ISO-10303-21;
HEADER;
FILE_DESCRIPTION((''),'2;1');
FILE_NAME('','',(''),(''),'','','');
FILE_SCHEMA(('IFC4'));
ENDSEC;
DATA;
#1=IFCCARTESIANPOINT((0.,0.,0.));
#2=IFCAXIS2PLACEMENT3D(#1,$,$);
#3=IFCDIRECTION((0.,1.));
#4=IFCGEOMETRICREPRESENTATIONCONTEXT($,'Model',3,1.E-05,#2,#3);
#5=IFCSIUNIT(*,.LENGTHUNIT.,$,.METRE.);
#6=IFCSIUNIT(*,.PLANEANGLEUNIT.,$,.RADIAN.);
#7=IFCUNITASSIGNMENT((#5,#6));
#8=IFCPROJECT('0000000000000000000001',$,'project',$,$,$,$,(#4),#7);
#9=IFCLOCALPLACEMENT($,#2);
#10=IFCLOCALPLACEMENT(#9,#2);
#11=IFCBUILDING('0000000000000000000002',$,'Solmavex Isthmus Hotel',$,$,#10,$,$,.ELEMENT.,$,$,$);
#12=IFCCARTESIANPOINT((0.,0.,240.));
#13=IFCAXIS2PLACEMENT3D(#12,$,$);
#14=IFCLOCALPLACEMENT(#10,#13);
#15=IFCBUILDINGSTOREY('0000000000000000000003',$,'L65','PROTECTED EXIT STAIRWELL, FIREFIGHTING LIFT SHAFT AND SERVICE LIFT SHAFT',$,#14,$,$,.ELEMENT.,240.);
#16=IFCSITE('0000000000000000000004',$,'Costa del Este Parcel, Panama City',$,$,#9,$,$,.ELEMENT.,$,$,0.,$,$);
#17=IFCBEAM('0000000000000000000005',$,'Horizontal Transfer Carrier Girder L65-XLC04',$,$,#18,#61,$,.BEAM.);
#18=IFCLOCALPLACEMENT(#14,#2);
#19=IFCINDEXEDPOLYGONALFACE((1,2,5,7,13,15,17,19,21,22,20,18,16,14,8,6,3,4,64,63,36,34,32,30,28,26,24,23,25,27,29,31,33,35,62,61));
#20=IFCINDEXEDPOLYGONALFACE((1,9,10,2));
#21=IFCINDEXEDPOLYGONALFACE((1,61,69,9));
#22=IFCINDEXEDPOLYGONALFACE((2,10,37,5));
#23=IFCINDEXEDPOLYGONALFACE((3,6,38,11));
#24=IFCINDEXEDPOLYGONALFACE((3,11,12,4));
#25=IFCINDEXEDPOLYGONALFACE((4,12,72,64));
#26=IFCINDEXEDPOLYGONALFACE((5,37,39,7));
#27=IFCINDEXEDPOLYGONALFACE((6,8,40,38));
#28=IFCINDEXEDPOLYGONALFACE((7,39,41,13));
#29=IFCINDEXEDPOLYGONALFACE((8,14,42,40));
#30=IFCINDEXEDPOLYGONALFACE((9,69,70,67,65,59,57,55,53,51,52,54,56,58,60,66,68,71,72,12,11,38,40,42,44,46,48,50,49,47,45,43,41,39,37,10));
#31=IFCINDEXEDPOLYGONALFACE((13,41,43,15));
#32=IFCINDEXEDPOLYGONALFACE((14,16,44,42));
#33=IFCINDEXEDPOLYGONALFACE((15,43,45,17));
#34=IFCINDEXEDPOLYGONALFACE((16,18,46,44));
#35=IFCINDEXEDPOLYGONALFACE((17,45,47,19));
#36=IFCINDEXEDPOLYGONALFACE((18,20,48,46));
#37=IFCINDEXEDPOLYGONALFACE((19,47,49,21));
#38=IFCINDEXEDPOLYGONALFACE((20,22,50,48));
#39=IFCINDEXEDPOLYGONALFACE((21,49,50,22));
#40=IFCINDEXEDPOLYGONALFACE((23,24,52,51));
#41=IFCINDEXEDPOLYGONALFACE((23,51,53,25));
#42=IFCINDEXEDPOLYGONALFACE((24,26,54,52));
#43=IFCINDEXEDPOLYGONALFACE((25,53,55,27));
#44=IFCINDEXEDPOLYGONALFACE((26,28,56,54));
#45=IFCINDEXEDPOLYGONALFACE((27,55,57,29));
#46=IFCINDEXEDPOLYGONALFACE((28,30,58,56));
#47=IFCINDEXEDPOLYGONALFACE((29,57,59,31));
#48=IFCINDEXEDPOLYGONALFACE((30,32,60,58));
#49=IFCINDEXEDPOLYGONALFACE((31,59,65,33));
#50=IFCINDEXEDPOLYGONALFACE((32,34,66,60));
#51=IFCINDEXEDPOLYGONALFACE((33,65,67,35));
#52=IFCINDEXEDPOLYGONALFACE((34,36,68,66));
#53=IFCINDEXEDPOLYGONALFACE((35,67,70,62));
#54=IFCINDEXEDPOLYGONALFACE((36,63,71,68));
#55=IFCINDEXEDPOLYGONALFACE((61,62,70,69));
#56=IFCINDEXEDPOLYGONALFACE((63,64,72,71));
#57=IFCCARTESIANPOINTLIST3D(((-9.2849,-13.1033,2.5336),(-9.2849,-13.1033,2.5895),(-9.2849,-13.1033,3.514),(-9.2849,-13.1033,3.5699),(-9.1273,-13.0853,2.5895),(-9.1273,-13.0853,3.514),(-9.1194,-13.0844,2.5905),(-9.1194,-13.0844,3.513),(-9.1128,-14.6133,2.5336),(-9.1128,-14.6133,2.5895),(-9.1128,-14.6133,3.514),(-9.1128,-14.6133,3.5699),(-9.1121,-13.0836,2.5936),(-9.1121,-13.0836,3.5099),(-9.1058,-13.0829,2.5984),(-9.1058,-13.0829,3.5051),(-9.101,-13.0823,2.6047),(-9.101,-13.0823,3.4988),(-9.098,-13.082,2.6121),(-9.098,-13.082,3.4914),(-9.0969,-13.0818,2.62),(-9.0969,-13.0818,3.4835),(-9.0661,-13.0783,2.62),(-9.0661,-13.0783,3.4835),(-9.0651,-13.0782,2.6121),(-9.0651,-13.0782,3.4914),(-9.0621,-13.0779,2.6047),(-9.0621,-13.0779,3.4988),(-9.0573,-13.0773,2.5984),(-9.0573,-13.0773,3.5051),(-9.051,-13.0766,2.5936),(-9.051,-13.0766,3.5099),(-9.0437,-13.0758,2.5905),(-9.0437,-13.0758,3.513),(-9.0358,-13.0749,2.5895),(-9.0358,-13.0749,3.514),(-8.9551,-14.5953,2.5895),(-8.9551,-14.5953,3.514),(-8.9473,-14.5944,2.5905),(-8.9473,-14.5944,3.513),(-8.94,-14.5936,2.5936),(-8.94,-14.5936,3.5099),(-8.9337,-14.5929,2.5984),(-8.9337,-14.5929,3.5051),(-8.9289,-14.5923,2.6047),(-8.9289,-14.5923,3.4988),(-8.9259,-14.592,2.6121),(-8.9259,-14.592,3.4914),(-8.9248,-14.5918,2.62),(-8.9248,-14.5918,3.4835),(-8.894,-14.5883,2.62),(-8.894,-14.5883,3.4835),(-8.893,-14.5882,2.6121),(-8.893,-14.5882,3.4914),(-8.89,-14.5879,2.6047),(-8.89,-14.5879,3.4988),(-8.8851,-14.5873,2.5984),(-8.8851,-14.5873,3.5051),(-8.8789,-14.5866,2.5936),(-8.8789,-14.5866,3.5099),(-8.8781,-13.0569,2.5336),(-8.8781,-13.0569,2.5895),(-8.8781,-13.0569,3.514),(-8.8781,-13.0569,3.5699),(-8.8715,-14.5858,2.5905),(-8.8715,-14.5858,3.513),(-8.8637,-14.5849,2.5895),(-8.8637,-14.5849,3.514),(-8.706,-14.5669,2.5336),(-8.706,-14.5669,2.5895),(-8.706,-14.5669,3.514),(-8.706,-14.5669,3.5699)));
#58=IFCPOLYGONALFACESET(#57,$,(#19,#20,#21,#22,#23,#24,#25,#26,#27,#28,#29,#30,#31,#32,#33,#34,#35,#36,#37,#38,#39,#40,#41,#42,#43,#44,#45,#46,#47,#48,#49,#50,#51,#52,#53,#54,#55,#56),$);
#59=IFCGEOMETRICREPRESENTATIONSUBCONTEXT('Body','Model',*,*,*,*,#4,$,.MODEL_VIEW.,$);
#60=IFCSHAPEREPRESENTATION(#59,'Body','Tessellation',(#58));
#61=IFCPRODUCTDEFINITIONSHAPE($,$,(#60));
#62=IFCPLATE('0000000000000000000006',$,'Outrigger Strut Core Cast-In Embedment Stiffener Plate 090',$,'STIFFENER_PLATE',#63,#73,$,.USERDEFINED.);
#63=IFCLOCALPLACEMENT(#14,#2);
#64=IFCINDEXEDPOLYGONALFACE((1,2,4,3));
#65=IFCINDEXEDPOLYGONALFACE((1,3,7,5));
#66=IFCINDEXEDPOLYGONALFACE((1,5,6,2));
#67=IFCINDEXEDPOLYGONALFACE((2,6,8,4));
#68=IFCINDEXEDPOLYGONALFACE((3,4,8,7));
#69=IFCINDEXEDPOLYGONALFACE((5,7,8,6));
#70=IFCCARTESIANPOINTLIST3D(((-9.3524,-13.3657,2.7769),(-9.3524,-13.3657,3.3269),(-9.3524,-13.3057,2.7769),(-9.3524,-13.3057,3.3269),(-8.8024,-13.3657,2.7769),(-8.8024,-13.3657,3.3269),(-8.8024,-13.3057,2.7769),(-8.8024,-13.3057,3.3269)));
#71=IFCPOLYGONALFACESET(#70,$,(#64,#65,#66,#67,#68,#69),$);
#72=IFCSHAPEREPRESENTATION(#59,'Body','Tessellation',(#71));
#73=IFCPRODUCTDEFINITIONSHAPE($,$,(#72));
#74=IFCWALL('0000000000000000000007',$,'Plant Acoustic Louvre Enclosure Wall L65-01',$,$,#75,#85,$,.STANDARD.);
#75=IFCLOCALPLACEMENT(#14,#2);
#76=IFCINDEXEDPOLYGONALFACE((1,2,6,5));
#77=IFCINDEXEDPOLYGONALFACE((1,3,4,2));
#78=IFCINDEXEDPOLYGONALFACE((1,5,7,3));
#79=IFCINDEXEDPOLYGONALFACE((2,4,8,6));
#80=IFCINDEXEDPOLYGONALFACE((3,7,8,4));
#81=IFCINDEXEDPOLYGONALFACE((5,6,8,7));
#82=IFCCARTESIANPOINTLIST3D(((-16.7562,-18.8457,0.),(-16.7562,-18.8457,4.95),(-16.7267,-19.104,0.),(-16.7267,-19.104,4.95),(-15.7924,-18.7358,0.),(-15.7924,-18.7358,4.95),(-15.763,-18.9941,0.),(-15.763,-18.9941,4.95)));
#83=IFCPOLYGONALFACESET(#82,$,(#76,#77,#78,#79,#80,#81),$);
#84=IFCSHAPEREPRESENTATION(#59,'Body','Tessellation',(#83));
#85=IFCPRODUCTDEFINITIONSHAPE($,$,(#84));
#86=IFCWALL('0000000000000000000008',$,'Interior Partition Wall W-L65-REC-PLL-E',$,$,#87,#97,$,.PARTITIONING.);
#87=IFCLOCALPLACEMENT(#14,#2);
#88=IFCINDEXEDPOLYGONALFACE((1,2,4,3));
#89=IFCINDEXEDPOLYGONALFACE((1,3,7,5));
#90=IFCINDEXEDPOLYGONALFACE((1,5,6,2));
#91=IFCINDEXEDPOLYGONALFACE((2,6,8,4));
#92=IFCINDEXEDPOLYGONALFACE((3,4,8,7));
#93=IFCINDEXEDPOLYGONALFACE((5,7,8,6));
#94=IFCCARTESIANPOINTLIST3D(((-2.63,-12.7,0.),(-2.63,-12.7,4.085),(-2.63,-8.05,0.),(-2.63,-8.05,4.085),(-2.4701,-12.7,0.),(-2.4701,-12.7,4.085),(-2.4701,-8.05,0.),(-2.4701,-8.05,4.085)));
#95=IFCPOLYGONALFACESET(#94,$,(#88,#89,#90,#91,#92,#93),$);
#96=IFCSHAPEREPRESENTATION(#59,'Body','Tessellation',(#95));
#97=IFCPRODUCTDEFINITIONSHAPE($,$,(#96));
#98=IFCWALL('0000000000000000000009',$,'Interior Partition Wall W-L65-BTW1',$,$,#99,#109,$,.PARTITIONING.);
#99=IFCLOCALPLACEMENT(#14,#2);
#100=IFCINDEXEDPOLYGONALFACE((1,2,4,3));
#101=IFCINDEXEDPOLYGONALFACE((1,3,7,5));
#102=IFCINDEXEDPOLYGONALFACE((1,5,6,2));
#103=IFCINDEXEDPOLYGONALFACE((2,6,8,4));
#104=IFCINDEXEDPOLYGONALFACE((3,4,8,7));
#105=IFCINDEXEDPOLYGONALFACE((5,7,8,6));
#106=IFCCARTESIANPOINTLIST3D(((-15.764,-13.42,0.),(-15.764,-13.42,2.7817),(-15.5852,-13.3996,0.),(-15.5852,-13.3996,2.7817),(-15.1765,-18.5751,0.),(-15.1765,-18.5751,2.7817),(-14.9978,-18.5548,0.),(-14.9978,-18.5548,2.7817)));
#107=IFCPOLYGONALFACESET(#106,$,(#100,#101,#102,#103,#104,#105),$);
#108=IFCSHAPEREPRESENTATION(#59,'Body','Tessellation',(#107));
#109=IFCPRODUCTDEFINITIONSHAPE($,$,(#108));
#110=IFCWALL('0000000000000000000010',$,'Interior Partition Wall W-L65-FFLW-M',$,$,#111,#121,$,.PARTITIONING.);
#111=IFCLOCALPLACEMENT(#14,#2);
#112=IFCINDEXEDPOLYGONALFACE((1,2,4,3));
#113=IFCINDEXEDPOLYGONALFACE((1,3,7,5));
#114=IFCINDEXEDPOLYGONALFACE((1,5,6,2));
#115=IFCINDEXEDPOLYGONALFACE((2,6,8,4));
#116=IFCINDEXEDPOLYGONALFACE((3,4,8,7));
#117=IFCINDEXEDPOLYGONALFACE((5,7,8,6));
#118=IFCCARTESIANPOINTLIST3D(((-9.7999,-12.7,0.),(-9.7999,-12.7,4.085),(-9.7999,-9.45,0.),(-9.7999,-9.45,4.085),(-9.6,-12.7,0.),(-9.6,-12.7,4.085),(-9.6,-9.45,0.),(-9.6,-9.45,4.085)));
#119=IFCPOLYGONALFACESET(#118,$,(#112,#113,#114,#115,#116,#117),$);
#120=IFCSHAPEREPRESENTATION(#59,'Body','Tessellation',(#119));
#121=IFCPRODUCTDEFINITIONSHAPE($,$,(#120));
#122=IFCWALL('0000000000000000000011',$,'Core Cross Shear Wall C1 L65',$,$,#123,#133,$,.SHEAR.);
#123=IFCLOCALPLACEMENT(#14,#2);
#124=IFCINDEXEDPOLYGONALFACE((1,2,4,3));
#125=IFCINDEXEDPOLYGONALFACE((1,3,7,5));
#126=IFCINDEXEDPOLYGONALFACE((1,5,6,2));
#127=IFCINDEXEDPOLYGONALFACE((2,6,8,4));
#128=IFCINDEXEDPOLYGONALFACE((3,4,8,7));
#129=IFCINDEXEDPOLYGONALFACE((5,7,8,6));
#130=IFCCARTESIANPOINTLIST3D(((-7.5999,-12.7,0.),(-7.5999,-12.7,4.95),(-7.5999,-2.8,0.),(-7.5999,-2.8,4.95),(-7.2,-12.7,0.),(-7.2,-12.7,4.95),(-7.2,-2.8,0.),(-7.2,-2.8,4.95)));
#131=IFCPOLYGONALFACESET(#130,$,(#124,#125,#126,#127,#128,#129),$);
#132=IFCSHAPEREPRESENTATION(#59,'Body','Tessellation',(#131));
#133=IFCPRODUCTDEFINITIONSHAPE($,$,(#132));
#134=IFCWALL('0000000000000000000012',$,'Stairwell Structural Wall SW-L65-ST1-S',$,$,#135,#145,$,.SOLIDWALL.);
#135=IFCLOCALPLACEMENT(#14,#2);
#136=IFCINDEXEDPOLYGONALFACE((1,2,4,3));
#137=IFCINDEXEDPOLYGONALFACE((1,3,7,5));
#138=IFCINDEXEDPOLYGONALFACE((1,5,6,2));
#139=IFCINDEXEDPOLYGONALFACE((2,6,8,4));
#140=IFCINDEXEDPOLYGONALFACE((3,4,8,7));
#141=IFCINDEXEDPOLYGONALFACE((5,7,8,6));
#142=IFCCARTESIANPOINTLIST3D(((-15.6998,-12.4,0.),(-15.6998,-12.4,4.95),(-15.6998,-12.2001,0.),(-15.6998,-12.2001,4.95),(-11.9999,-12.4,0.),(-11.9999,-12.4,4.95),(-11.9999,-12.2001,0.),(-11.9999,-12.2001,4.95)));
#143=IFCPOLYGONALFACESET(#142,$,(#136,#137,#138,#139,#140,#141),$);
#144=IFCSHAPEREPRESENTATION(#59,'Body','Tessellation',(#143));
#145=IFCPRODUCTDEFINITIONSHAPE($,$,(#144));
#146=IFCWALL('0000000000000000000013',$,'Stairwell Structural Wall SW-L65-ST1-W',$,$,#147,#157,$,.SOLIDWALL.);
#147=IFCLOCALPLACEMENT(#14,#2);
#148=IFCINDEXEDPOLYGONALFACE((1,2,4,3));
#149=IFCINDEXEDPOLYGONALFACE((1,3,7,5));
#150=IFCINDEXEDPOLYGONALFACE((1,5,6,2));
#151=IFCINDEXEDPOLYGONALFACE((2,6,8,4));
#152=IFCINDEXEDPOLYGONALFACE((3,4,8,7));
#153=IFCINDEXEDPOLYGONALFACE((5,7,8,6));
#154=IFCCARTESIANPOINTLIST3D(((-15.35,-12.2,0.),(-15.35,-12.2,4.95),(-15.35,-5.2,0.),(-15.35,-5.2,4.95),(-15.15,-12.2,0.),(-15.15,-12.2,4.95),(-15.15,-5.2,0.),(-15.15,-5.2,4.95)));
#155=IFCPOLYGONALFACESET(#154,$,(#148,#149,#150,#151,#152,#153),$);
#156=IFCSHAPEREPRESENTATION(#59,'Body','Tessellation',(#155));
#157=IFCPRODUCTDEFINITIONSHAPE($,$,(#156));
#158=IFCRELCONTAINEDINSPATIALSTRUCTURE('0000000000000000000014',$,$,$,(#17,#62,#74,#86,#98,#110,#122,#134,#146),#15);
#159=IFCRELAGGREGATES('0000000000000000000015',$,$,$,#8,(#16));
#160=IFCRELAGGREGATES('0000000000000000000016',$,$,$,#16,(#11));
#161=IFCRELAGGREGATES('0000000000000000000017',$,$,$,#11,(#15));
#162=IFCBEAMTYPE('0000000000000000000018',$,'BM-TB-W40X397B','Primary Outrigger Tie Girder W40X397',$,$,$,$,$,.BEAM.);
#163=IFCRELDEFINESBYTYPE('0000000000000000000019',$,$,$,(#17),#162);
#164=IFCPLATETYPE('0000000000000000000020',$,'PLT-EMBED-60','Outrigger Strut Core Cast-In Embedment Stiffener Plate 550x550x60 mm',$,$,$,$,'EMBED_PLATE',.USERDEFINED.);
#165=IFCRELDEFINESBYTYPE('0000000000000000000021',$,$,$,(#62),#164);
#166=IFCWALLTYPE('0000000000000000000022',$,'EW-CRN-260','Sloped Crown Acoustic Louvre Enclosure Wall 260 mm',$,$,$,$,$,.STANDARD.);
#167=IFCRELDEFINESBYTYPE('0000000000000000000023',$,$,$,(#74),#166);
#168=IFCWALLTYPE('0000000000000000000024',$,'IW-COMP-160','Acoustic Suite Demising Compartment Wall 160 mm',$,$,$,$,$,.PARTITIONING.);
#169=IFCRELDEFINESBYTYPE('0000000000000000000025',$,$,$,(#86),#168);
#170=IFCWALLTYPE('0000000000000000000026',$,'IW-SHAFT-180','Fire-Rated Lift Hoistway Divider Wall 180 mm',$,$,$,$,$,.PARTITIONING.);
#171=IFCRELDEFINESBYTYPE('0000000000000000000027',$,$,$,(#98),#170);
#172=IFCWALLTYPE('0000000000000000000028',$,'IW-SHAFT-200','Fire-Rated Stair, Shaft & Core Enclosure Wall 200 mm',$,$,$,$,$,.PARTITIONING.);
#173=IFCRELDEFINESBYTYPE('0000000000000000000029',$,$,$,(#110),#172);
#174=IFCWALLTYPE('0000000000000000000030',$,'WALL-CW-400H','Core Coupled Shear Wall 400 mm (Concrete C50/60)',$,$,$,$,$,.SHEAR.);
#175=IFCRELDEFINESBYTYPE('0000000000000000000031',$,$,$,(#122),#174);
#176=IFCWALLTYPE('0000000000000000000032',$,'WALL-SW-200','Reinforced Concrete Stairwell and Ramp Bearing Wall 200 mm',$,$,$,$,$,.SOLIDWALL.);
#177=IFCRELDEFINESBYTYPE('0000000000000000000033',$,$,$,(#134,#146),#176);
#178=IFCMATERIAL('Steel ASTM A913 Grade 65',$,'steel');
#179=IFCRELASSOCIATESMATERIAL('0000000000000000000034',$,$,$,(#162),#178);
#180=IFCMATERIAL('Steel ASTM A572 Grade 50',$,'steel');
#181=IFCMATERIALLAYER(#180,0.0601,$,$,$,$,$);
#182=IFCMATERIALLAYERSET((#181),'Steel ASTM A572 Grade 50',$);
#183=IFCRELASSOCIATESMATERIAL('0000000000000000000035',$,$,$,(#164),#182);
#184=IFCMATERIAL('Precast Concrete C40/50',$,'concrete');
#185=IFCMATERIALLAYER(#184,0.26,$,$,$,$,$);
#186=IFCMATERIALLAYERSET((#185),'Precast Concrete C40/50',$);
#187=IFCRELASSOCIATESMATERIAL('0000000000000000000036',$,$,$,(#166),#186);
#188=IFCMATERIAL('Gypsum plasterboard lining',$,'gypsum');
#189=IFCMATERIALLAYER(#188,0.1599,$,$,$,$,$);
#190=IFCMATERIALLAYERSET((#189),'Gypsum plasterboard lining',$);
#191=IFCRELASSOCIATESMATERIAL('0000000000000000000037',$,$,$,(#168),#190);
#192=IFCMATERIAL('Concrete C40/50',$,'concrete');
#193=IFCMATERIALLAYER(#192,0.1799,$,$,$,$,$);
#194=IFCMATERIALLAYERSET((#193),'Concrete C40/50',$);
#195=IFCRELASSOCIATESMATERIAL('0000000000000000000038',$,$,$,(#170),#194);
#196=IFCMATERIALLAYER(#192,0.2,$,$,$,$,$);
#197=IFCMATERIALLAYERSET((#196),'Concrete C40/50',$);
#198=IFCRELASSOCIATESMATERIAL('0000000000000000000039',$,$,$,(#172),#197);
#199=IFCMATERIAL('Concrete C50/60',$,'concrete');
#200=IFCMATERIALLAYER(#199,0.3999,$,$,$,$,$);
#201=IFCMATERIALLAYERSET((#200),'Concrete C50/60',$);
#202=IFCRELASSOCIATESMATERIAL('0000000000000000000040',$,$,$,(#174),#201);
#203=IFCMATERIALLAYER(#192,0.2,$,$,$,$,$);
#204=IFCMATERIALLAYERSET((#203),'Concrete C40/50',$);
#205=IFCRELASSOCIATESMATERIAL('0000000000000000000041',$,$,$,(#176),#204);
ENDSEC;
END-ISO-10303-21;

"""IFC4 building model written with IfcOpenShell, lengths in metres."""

from ifc_helpers import new_model, si_unit, direction, frame, frame_2d, origin, origin_2d, place, context, subcontext, project, spatial, rectangle, i_section, extrude, material, layer, layer_set, material_profile, profile_set, type_object, element, save


model = new_model("IFC4")

# Units and contexts
model_context = context("Model", 3, precision=1e-05, world=origin(), true_north=direction((0.0, 1.0)))
body_context = subcontext(model_context, "Body", "Model", "MODEL_VIEW")
ifc_project = project(units=[si_unit("LENGTHUNIT", "METRE"), si_unit("PLANEANGLEUNIT", "RADIAN")], contexts=[model_context])

# Site, building, storey
site_placement = place(None, origin())
site = spatial("IfcSite", under=ifc_project, at=site_placement, Name="Costa del Este Parcel, Panama City", CompositionType="ELEMENT", RefElevation=0.0)
building_placement = place(site_placement, origin())
building = spatial("IfcBuilding", under=site, at=building_placement, Name="Solmavex Isthmus Hotel", CompositionType="ELEMENT")
storey_placement = place(building_placement, frame((0.0, 0.0, 240.0)))
storey = spatial("IfcBuildingStorey", under=building, at=storey_placement, Name="L65", Description="PROTECTED EXIT STAIRWELL, FIREFIGHTING LIFT SHAFT AND SERVICE LIFT SHAFT", CompositionType="ELEMENT", Elevation=240.0)

# Shared definitions
ifc_material_1 = material(Name="Concrete C50/60", Category="concrete")
ifc_material_2 = material(Name="Steel ASTM A913 Grade 65", Category="steel")

# Beam
ifc_material_profile_1 = material_profile(ifc_material_2, i_section(OverallWidth=0.4094, OverallDepth=1.0364, WebThickness=0.031, FlangeThickness=0.0559, FilletRadius=0.0305, at=origin_2d()), Name="W40X397")
ifc_profile_set_1 = profile_set([ifc_material_profile_1], Name="Steel ASTM A913 Grade 65")
beam_type_1 = type_object("IfcBeamType", Name="BM-TB-W40X397B", Description="Primary Outrigger Tie Girder W40X397", PredefinedType="BEAM", material=ifc_profile_set_1)
beam_1_placement = place(storey_placement, frame((-8.9094, -14.5901, 3.0518), z_axis=(-0.113252, 0.993566, 0.0), x_axis=(-0.993566, -0.113252, 0.0)))
element("IfcBeam", 1, at=beam_1_placement, inside=storey, type_object=beam_type_1, Name="Horizontal Transfer Carrier Girder L65-XLC04", PredefinedType="BEAM", context=body_context, shape_type="SweptSolid", body=[
    extrude(i_section(OverallWidth=0.4094, OverallDepth=1.0364, WebThickness=0.031, FlangeThickness=0.0559, FilletRadius=0.0305, at=origin_2d()), origin(), (0.0, 0.0, 1.0), 1.5198),
])

# Plate
ifc_material_3 = material(Name="Steel ASTM A572 Grade 50", Category="steel")
ifc_layer_1 = layer(ifc_material_3, 0.0601)
ifc_layer_set_1 = layer_set([ifc_layer_1], Name="Steel ASTM A572 Grade 50")
plate_type = type_object("IfcPlateType", Name="PLT-EMBED-60", Description="Outrigger Strut Core Cast-In Embedment Stiffener Plate 550x550x60 mm", ElementType="EMBED_PLATE", PredefinedType="USERDEFINED", material=ifc_layer_set_1)
plate_placement = place(storey_placement, frame((-9.0774, -13.3357, 2.7769), z_axis=(0.0, 0.0, 1.0), x_axis=(1.0, 0.0, 0.0)))
element("IfcPlate", 2, at=plate_placement, inside=storey, type_object=plate_type, Name="Outrigger Strut Core Cast-In Embedment Stiffener Plate 090", ObjectType="STIFFENER_PLATE", PredefinedType="USERDEFINED", context=body_context, shape_type="SweptSolid", body=[
    extrude(rectangle(XDim=0.55, YDim=0.0601, at=origin_2d()), origin(), (0.0, 0.0, 1.0), 0.55),
])

# Walls
ifc_material_4 = material(Name="Precast Concrete C40/50", Category="concrete")
ifc_layer_2 = layer(ifc_material_4, 0.26)
ifc_layer_set_2 = layer_set([ifc_layer_2], Name="Precast Concrete C40/50")
wall_type_1 = type_object("IfcWallType", Name="EW-CRN-260", Description="Sloped Crown Acoustic Louvre Enclosure Wall 260 mm", PredefinedType="STANDARD", material=ifc_layer_set_2)
wall_1_placement = place(storey_placement, frame((-15.7778, -18.865, 0.0), z_axis=(0.0, 0.0, 1.0), x_axis=(-0.993563, -0.113277, 0.0)))
element("IfcWall", 3, at=wall_1_placement, inside=storey, type_object=wall_type_1, Name="Plant Acoustic Louvre Enclosure Wall L65-01", PredefinedType="STANDARD", context=body_context, shape_type="SweptSolid", body=[
    extrude(rectangle(XDim=0.97, YDim=0.26, at=frame_2d((0.4849, 0.0))), origin(), (0.0, 0.0, 1.0), 4.95),
])
ifc_material_5 = material(Name="Gypsum plasterboard lining", Category="gypsum")
ifc_layer_3 = layer(ifc_material_5, 0.1599)
ifc_layer_set_3 = layer_set([ifc_layer_3], Name="Gypsum plasterboard lining")
wall_type_2 = type_object("IfcWallType", Name="IW-COMP-160", Description="Acoustic Suite Demising Compartment Wall 160 mm", PredefinedType="PARTITIONING", material=ifc_layer_set_3)
wall_2_placement = place(storey_placement, frame((-2.55, -12.7, 0.0), z_axis=(0.0, 0.0, 1.0), x_axis=(0.0, 1.0, 0.0)))
element("IfcWall", 4, at=wall_2_placement, inside=storey, type_object=wall_type_2, Name="Interior Partition Wall W-L65-REC-PLL-E", PredefinedType="PARTITIONING", context=body_context, shape_type="SweptSolid", body=[
    extrude(rectangle(XDim=4.6499, YDim=0.1599, at=frame_2d((2.325, 0.0))), origin(), (0.0, 0.0, 1.0), 4.085),
])
ifc_material_6 = material(Name="Concrete C40/50", Category="concrete")
ifc_layer_4 = layer(ifc_material_6, 0.1799)
ifc_layer_set_4 = layer_set([ifc_layer_4], Name="Concrete C40/50")
wall_type_3 = type_object("IfcWallType", Name="IW-SHAFT-180", Description="Fire-Rated Lift Hoistway Divider Wall 180 mm", PredefinedType="PARTITIONING", material=ifc_layer_set_4)
wall_3_placement = place(storey_placement, frame((-15.0872, -18.5649, 0.0), z_axis=(0.0, 0.0, 1.0), x_axis=(-0.113215, 0.993571, 0.0)))
element("IfcWall", 5, at=wall_3_placement, inside=storey, type_object=wall_type_3, Name="Interior Partition Wall W-L65-BTW1", PredefinedType="PARTITIONING", context=body_context, shape_type="SweptSolid", body=[
    extrude(rectangle(XDim=5.1885, YDim=0.1799, at=frame_2d((2.5942, 0.0))), origin(), (0.0, 0.0, 1.0), 2.7817),
])
ifc_layer_5 = layer(ifc_material_6, 0.2)
ifc_layer_set_5 = layer_set([ifc_layer_5], Name="Concrete C40/50")
wall_type_4 = type_object("IfcWallType", Name="IW-SHAFT-200", Description="Fire-Rated Stair, Shaft & Core Enclosure Wall 200 mm", PredefinedType="PARTITIONING", material=ifc_layer_set_5)
wall_4_placement = place(storey_placement, frame((-9.7, -12.7, 0.0), z_axis=(0.0, 0.0, 1.0), x_axis=(0.0, 1.0, 0.0)))
element("IfcWall", 6, at=wall_4_placement, inside=storey, type_object=wall_type_4, Name="Interior Partition Wall W-L65-FFLW-M", PredefinedType="PARTITIONING", context=body_context, shape_type="SweptSolid", body=[
    extrude(rectangle(XDim=3.25, YDim=0.2, at=frame_2d((1.625, 0.0))), origin(), (0.0, 0.0, 1.0), 4.085),
])
ifc_layer_6 = layer(ifc_material_1, 0.3999)
ifc_layer_set_6 = layer_set([ifc_layer_6], Name="Concrete C50/60")
wall_type_5 = type_object("IfcWallType", Name="WALL-CW-400H", Description="Core Coupled Shear Wall 400 mm (Concrete C50/60)", PredefinedType="SHEAR", material=ifc_layer_set_6)
wall_5_placement = place(storey_placement, frame((-7.3999, -12.7, 0.0), z_axis=(0.0, 0.0, 1.0), x_axis=(0.0, 1.0, 0.0)))
element("IfcWall", 7, at=wall_5_placement, inside=storey, type_object=wall_type_5, Name="Core Cross Shear Wall C1 L65", PredefinedType="SHEAR", context=body_context, shape_type="SweptSolid", body=[
    extrude(rectangle(XDim=9.8999, YDim=0.3999, at=frame_2d((4.95, 0.0))), origin(), (0.0, 0.0, 1.0), 4.95),
])
ifc_layer_7 = layer(ifc_material_6, 0.2)
ifc_layer_set_7 = layer_set([ifc_layer_7], Name="Concrete C40/50")
wall_type_6 = type_object("IfcWallType", Name="WALL-SW-200", Description="Reinforced Concrete Stairwell and Ramp Bearing Wall 200 mm", PredefinedType="SOLIDWALL", material=ifc_layer_set_7)
wall_6_placement = place(storey_placement, frame((-15.7, -12.3, 0.0), z_axis=(0.0, 0.0, 1.0), x_axis=(1.0, 0.0, 0.0)))
element("IfcWall", 8, at=wall_6_placement, inside=storey, type_object=wall_type_6, Name="Stairwell Structural Wall SW-L65-ST1-S", PredefinedType="SOLIDWALL", context=body_context, shape_type="SweptSolid", body=[
    extrude(rectangle(XDim=3.7, YDim=0.2, at=frame_2d((1.8501, 0.0))), origin(), (0.0, 0.0, 1.0), 4.95),
])
wall_7_placement = place(storey_placement, frame((-15.25, -12.2, 0.0), z_axis=(0.0, 0.0, 1.0), x_axis=(0.0, 1.0, 0.0)))
element("IfcWall", 9, at=wall_7_placement, inside=storey, type_object=wall_type_6, Name="Stairwell Structural Wall SW-L65-ST1-W", PredefinedType="SOLIDWALL", context=body_context, shape_type="SweptSolid", body=[
    extrude(rectangle(XDim=7.0, YDim=0.2, at=frame_2d((3.5, 0.0))), origin(), (0.0, 0.0, 1.0), 4.95),
])

save(model, "model.ifc")
